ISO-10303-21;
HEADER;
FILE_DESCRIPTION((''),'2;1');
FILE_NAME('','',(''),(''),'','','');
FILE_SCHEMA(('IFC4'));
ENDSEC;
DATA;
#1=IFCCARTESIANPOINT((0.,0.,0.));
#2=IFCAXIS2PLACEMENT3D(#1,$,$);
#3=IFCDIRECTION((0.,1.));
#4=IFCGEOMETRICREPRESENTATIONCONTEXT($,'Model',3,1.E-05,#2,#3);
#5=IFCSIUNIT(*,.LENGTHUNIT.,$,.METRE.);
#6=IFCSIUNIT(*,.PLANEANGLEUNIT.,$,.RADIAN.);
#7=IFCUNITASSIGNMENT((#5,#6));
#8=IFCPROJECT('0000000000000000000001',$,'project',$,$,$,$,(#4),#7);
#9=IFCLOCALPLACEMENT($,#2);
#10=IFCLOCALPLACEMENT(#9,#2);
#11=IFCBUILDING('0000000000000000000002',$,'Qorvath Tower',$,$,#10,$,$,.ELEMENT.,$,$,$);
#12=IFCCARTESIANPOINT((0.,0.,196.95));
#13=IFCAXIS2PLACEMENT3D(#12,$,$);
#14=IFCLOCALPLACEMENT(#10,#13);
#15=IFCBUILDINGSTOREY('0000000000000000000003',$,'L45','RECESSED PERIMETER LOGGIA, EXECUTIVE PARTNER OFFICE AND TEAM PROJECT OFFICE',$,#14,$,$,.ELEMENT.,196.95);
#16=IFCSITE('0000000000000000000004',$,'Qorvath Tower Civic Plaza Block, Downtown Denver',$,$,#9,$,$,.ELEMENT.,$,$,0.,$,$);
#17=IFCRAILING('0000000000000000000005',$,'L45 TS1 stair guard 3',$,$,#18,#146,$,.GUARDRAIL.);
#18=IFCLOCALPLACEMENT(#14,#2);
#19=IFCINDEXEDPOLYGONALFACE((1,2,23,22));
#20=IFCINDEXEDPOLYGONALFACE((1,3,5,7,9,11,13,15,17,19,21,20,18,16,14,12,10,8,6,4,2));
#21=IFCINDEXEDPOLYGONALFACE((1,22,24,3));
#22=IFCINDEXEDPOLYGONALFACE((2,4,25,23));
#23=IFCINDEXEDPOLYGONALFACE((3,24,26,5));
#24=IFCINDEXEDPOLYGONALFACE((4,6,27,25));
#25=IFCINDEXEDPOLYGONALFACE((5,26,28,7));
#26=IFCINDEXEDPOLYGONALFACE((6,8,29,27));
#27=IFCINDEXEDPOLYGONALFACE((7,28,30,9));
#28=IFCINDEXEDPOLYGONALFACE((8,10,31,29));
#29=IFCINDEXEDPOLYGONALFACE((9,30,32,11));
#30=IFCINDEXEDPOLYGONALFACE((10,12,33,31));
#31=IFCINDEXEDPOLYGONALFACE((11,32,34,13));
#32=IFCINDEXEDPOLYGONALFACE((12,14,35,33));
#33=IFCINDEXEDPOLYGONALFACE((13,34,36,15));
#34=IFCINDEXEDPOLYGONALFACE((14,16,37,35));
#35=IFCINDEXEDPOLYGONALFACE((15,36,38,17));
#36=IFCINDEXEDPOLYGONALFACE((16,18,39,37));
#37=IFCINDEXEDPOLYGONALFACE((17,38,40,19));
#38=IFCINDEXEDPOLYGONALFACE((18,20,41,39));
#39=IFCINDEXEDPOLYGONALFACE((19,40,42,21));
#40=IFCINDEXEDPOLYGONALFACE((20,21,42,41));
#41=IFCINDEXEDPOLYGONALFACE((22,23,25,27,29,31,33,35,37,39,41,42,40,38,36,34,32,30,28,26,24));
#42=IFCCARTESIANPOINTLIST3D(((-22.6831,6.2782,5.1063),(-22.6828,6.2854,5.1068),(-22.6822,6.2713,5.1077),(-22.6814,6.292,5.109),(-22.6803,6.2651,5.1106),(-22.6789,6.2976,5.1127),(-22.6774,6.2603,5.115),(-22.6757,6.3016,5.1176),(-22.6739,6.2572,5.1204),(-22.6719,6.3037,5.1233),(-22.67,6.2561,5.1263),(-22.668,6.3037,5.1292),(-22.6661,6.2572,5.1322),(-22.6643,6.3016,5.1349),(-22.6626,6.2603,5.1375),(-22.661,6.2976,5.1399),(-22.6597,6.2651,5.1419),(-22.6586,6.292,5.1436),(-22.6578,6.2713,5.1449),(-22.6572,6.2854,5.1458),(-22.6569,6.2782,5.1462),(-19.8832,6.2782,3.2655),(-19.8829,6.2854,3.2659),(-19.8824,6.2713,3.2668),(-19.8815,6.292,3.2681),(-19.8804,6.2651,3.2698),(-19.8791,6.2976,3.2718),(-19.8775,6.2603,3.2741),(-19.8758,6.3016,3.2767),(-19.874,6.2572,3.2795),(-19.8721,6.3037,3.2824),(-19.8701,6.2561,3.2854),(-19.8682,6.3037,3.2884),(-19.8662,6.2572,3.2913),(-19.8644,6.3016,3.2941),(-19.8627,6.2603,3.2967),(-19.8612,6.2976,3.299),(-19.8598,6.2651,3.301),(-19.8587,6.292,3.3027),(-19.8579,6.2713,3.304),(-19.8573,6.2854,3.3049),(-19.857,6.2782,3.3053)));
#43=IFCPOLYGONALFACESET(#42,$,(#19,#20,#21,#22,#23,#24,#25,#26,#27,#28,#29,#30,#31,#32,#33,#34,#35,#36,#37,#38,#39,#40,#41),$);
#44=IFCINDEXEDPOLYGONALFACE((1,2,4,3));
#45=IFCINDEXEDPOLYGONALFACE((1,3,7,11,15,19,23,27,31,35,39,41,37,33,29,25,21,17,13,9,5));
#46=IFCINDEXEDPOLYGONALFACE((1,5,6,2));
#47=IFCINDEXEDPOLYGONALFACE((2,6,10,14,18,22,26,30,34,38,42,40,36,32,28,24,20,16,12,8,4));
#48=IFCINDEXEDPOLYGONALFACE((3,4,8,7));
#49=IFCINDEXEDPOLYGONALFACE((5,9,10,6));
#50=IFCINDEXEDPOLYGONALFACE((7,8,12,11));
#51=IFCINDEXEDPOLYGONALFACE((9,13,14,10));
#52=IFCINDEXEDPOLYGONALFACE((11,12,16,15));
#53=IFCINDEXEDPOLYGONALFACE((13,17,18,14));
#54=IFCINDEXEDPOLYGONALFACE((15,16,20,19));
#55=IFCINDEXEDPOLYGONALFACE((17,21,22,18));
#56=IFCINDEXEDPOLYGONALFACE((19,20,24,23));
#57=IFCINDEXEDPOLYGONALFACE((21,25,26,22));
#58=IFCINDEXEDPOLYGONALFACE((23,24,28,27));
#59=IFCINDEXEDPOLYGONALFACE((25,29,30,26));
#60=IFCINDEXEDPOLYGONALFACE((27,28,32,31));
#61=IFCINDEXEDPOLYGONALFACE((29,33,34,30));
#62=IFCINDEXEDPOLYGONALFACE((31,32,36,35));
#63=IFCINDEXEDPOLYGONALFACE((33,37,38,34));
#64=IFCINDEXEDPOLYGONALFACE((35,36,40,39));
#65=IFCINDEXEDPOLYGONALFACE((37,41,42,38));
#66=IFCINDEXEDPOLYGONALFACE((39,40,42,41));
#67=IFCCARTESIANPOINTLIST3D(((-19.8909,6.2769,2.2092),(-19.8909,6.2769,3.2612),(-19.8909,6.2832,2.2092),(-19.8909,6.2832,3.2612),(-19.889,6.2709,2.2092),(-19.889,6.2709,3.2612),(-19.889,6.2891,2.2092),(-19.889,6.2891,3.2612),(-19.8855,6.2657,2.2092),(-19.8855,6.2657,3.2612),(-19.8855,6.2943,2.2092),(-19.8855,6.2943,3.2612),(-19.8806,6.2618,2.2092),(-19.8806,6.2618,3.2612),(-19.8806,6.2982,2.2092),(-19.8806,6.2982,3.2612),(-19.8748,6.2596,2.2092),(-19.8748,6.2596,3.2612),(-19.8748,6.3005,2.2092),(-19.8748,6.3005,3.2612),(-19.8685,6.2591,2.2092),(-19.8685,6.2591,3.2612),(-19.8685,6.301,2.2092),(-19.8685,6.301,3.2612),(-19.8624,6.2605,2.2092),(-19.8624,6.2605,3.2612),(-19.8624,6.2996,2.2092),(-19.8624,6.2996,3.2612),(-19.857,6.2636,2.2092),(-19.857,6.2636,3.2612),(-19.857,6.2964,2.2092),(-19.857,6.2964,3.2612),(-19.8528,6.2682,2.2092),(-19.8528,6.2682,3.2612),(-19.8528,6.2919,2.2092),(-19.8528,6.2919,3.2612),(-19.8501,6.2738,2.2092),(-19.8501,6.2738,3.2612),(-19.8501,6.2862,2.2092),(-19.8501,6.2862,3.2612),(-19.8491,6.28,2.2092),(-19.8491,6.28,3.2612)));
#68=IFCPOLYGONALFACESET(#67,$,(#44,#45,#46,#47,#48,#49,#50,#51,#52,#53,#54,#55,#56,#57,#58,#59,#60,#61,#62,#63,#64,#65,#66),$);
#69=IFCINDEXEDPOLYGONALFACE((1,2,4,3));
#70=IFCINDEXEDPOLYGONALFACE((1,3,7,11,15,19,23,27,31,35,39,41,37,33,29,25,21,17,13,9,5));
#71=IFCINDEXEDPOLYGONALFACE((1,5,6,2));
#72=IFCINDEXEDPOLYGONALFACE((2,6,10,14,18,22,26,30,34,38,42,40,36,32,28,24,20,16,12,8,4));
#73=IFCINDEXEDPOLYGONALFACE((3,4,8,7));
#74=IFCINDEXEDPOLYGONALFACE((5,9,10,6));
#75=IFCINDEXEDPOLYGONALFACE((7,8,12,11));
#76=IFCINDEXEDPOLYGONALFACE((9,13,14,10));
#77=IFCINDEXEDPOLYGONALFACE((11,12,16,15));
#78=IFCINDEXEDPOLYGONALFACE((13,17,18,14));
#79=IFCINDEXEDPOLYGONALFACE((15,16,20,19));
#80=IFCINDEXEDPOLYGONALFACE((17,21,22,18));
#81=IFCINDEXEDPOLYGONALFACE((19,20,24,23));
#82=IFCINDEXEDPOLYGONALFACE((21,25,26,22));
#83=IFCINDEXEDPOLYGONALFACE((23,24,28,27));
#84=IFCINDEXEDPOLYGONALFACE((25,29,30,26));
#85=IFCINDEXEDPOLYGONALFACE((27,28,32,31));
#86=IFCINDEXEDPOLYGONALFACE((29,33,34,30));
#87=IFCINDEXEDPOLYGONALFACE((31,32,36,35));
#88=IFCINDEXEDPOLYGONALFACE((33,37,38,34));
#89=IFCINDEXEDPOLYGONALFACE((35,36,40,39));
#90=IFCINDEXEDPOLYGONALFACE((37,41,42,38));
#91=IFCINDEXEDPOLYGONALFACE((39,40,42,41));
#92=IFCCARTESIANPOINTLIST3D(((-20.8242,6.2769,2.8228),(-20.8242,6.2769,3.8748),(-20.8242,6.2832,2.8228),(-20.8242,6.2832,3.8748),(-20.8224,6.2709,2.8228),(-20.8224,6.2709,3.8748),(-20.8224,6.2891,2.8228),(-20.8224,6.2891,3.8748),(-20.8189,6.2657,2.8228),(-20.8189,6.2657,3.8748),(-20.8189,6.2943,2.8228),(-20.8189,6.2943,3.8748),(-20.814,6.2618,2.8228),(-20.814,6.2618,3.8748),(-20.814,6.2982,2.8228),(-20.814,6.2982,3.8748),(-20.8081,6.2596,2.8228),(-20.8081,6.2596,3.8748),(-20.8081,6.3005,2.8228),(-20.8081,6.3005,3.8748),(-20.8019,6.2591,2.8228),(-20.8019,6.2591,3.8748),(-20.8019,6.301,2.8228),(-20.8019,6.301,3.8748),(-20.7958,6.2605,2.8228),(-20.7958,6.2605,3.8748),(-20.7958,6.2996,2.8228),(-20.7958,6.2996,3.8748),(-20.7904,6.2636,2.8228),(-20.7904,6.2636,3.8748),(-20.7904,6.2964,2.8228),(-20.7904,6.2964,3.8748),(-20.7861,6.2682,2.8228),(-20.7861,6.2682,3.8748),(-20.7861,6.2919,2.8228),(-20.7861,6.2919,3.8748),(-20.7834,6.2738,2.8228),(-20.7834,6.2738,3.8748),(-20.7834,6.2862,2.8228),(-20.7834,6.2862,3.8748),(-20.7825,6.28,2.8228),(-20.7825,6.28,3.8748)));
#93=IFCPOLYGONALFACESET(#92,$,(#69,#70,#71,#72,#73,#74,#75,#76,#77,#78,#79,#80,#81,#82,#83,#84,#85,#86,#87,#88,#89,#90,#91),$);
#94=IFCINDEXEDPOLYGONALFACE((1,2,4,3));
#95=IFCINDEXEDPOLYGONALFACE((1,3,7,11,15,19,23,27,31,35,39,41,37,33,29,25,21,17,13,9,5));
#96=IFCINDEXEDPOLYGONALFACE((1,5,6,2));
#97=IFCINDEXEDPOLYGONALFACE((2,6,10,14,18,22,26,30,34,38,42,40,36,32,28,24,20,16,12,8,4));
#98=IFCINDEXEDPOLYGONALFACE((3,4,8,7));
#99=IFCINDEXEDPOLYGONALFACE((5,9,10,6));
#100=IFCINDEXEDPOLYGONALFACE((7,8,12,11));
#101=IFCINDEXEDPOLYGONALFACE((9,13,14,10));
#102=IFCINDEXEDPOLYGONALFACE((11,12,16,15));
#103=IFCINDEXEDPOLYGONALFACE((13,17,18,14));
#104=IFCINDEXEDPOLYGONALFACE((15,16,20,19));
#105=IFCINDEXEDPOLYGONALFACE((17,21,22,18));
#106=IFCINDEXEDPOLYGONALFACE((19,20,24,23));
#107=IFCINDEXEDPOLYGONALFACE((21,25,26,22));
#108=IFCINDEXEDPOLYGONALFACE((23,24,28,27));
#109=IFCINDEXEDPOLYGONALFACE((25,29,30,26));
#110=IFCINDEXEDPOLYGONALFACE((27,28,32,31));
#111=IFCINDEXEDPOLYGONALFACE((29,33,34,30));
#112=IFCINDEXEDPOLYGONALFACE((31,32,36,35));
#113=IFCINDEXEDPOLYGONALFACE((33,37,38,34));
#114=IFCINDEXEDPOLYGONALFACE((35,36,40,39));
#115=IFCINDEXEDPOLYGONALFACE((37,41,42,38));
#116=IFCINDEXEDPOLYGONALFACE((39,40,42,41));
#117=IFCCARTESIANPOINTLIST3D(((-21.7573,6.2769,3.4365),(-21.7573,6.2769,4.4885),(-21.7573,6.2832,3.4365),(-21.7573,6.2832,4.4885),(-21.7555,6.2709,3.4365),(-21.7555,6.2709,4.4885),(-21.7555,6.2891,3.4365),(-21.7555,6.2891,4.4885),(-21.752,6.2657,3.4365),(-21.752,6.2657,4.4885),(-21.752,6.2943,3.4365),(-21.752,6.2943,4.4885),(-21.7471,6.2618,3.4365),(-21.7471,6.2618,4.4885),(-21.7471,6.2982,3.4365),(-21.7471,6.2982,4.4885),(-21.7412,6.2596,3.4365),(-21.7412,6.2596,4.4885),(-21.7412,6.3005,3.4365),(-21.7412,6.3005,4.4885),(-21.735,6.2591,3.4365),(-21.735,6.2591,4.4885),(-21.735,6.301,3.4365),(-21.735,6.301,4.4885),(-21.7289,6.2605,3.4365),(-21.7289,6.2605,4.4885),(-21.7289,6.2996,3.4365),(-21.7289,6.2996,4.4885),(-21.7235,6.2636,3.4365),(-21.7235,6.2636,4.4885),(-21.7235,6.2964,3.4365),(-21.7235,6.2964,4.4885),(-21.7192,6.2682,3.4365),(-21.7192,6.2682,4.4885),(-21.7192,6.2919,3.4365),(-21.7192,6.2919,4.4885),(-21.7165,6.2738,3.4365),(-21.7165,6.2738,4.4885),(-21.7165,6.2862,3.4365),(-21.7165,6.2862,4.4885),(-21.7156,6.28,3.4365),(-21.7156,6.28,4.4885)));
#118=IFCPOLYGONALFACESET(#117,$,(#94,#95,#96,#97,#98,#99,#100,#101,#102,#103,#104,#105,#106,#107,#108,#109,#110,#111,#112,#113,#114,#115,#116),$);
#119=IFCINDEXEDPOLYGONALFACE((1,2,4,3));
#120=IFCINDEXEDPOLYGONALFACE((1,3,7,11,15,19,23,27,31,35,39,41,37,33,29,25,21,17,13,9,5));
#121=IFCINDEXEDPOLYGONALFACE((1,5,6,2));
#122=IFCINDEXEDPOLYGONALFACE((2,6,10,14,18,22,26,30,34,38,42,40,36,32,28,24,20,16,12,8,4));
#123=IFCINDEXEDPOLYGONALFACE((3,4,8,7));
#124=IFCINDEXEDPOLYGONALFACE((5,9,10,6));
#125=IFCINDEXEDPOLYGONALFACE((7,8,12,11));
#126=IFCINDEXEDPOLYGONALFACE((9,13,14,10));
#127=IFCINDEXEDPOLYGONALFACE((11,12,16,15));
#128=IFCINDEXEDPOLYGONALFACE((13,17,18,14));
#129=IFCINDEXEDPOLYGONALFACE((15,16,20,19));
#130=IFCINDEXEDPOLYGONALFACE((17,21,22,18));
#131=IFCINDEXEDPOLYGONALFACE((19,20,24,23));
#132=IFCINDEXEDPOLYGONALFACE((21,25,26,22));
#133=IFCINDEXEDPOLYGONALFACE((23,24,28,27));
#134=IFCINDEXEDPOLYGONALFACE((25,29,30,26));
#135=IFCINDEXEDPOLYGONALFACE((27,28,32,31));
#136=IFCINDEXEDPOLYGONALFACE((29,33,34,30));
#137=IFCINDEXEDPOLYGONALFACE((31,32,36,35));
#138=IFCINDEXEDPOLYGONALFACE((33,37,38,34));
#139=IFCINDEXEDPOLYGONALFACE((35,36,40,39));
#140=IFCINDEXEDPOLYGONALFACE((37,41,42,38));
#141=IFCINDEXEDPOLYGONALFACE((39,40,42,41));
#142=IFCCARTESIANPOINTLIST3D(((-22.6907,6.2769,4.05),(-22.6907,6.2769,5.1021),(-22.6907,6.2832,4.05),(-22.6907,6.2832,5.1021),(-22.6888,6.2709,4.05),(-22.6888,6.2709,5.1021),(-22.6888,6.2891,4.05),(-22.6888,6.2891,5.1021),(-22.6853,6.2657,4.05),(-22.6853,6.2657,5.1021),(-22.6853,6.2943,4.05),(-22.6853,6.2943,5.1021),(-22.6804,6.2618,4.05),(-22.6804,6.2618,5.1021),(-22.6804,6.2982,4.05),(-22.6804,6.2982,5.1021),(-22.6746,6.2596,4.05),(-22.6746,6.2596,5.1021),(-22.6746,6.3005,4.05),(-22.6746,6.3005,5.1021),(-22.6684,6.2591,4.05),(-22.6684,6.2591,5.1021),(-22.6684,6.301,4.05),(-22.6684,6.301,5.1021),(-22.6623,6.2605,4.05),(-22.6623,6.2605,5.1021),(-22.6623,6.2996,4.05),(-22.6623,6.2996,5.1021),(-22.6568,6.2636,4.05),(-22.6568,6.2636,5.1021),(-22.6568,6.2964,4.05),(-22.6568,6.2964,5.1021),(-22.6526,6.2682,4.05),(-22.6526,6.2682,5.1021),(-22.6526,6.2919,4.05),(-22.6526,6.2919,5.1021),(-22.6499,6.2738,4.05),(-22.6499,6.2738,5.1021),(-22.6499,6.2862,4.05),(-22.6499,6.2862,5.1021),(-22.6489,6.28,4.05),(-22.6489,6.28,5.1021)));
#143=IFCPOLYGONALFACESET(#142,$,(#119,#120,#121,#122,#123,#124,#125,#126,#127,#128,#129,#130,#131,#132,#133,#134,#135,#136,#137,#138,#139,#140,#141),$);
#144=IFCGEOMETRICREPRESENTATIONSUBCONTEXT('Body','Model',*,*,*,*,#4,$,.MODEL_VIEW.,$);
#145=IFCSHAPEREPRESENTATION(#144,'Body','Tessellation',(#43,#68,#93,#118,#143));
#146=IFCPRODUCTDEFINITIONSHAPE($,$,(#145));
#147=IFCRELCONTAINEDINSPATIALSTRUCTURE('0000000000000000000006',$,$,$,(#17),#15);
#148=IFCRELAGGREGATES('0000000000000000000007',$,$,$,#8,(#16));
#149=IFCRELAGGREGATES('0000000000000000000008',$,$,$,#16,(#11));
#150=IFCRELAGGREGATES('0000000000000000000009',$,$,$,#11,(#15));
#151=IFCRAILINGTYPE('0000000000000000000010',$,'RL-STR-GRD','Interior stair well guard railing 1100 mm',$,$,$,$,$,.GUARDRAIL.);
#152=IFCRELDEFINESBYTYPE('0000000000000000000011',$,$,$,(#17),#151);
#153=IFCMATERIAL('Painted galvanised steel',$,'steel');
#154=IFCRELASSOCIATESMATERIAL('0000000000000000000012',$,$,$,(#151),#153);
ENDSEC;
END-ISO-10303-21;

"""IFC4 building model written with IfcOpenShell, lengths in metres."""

from ifc_helpers import new_model, si_unit, direction, frame, origin, origin_2d, place, context, subcontext, project, spatial, circle, extrude, material, type_object, element, save


model = new_model("IFC4")

# Units and contexts
model_context = context("Model", 3, precision=1e-05, world=origin(), true_north=direction((0.0, 1.0)))
body_context = subcontext(model_context, "Body", "Model", "MODEL_VIEW")
ifc_project = project(units=[si_unit("LENGTHUNIT", "METRE"), si_unit("PLANEANGLEUNIT", "RADIAN")], contexts=[model_context])

# Site, building, storey
site_placement = place(None, origin())
site = spatial("IfcSite", under=ifc_project, at=site_placement, Name="Qorvath Tower Civic Plaza Block, Downtown Denver", CompositionType="ELEMENT", RefElevation=0.0)
building_placement = place(site_placement, origin())
building = spatial("IfcBuilding", under=site, at=building_placement, Name="Qorvath Tower", CompositionType="ELEMENT")
storey_placement = place(building_placement, frame((0.0, 0.0, 196.95)))
storey = spatial("IfcBuildingStorey", under=building, at=storey_placement, Name="L45", Description="RECESSED PERIMETER LOGGIA, EXECUTIVE PARTNER OFFICE AND TEAM PROJECT OFFICE", CompositionType="ELEMENT", Elevation=196.95)

# Railing
ifc_material_1 = material(Name="Painted galvanised steel", Category="steel")
railing_type_1 = type_object("IfcRailingType", Name="RL-STR-GRD", Description="Interior stair well guard railing 1100 mm", PredefinedType="GUARDRAIL", material=ifc_material_1)
railing_1_placement = place(storey_placement, frame((-19.8701, 6.28, 2.2092)))
element("IfcRailing", 1, at=railing_1_placement, inside=storey, type_object=railing_type_1, Name="L45 TS1 stair guard 3", PredefinedType="GUARDRAIL", context=body_context, shape_type="SweptSolid", body=[
    extrude(circle(Radius=0.0239, at=origin_2d()), frame((0.0, 0.0, 1.0762), z_axis=(-0.835576, 0.0, 0.549376), x_axis=(0.0, -1.0, 0.0)), (0.0, 0.0, 1.0), 3.3508),
    extrude(circle(Radius=0.021, at=origin_2d()), origin(), (0.0, 0.0, 1.0), 1.052),
    extrude(circle(Radius=0.021, at=origin_2d()), frame((-0.9333, 0.0, 0.6135)), (0.0, 0.0, 1.0), 1.052),
    extrude(circle(Radius=0.021, at=origin_2d()), frame((-1.8665, 0.0, 1.2273)), (0.0, 0.0, 1.0), 1.052),
    extrude(circle(Radius=0.021, at=origin_2d()), frame((-2.7998, 0.0, 1.8408)), (0.0, 0.0, 1.0), 1.052),
])

save(model, "model.ifc")
